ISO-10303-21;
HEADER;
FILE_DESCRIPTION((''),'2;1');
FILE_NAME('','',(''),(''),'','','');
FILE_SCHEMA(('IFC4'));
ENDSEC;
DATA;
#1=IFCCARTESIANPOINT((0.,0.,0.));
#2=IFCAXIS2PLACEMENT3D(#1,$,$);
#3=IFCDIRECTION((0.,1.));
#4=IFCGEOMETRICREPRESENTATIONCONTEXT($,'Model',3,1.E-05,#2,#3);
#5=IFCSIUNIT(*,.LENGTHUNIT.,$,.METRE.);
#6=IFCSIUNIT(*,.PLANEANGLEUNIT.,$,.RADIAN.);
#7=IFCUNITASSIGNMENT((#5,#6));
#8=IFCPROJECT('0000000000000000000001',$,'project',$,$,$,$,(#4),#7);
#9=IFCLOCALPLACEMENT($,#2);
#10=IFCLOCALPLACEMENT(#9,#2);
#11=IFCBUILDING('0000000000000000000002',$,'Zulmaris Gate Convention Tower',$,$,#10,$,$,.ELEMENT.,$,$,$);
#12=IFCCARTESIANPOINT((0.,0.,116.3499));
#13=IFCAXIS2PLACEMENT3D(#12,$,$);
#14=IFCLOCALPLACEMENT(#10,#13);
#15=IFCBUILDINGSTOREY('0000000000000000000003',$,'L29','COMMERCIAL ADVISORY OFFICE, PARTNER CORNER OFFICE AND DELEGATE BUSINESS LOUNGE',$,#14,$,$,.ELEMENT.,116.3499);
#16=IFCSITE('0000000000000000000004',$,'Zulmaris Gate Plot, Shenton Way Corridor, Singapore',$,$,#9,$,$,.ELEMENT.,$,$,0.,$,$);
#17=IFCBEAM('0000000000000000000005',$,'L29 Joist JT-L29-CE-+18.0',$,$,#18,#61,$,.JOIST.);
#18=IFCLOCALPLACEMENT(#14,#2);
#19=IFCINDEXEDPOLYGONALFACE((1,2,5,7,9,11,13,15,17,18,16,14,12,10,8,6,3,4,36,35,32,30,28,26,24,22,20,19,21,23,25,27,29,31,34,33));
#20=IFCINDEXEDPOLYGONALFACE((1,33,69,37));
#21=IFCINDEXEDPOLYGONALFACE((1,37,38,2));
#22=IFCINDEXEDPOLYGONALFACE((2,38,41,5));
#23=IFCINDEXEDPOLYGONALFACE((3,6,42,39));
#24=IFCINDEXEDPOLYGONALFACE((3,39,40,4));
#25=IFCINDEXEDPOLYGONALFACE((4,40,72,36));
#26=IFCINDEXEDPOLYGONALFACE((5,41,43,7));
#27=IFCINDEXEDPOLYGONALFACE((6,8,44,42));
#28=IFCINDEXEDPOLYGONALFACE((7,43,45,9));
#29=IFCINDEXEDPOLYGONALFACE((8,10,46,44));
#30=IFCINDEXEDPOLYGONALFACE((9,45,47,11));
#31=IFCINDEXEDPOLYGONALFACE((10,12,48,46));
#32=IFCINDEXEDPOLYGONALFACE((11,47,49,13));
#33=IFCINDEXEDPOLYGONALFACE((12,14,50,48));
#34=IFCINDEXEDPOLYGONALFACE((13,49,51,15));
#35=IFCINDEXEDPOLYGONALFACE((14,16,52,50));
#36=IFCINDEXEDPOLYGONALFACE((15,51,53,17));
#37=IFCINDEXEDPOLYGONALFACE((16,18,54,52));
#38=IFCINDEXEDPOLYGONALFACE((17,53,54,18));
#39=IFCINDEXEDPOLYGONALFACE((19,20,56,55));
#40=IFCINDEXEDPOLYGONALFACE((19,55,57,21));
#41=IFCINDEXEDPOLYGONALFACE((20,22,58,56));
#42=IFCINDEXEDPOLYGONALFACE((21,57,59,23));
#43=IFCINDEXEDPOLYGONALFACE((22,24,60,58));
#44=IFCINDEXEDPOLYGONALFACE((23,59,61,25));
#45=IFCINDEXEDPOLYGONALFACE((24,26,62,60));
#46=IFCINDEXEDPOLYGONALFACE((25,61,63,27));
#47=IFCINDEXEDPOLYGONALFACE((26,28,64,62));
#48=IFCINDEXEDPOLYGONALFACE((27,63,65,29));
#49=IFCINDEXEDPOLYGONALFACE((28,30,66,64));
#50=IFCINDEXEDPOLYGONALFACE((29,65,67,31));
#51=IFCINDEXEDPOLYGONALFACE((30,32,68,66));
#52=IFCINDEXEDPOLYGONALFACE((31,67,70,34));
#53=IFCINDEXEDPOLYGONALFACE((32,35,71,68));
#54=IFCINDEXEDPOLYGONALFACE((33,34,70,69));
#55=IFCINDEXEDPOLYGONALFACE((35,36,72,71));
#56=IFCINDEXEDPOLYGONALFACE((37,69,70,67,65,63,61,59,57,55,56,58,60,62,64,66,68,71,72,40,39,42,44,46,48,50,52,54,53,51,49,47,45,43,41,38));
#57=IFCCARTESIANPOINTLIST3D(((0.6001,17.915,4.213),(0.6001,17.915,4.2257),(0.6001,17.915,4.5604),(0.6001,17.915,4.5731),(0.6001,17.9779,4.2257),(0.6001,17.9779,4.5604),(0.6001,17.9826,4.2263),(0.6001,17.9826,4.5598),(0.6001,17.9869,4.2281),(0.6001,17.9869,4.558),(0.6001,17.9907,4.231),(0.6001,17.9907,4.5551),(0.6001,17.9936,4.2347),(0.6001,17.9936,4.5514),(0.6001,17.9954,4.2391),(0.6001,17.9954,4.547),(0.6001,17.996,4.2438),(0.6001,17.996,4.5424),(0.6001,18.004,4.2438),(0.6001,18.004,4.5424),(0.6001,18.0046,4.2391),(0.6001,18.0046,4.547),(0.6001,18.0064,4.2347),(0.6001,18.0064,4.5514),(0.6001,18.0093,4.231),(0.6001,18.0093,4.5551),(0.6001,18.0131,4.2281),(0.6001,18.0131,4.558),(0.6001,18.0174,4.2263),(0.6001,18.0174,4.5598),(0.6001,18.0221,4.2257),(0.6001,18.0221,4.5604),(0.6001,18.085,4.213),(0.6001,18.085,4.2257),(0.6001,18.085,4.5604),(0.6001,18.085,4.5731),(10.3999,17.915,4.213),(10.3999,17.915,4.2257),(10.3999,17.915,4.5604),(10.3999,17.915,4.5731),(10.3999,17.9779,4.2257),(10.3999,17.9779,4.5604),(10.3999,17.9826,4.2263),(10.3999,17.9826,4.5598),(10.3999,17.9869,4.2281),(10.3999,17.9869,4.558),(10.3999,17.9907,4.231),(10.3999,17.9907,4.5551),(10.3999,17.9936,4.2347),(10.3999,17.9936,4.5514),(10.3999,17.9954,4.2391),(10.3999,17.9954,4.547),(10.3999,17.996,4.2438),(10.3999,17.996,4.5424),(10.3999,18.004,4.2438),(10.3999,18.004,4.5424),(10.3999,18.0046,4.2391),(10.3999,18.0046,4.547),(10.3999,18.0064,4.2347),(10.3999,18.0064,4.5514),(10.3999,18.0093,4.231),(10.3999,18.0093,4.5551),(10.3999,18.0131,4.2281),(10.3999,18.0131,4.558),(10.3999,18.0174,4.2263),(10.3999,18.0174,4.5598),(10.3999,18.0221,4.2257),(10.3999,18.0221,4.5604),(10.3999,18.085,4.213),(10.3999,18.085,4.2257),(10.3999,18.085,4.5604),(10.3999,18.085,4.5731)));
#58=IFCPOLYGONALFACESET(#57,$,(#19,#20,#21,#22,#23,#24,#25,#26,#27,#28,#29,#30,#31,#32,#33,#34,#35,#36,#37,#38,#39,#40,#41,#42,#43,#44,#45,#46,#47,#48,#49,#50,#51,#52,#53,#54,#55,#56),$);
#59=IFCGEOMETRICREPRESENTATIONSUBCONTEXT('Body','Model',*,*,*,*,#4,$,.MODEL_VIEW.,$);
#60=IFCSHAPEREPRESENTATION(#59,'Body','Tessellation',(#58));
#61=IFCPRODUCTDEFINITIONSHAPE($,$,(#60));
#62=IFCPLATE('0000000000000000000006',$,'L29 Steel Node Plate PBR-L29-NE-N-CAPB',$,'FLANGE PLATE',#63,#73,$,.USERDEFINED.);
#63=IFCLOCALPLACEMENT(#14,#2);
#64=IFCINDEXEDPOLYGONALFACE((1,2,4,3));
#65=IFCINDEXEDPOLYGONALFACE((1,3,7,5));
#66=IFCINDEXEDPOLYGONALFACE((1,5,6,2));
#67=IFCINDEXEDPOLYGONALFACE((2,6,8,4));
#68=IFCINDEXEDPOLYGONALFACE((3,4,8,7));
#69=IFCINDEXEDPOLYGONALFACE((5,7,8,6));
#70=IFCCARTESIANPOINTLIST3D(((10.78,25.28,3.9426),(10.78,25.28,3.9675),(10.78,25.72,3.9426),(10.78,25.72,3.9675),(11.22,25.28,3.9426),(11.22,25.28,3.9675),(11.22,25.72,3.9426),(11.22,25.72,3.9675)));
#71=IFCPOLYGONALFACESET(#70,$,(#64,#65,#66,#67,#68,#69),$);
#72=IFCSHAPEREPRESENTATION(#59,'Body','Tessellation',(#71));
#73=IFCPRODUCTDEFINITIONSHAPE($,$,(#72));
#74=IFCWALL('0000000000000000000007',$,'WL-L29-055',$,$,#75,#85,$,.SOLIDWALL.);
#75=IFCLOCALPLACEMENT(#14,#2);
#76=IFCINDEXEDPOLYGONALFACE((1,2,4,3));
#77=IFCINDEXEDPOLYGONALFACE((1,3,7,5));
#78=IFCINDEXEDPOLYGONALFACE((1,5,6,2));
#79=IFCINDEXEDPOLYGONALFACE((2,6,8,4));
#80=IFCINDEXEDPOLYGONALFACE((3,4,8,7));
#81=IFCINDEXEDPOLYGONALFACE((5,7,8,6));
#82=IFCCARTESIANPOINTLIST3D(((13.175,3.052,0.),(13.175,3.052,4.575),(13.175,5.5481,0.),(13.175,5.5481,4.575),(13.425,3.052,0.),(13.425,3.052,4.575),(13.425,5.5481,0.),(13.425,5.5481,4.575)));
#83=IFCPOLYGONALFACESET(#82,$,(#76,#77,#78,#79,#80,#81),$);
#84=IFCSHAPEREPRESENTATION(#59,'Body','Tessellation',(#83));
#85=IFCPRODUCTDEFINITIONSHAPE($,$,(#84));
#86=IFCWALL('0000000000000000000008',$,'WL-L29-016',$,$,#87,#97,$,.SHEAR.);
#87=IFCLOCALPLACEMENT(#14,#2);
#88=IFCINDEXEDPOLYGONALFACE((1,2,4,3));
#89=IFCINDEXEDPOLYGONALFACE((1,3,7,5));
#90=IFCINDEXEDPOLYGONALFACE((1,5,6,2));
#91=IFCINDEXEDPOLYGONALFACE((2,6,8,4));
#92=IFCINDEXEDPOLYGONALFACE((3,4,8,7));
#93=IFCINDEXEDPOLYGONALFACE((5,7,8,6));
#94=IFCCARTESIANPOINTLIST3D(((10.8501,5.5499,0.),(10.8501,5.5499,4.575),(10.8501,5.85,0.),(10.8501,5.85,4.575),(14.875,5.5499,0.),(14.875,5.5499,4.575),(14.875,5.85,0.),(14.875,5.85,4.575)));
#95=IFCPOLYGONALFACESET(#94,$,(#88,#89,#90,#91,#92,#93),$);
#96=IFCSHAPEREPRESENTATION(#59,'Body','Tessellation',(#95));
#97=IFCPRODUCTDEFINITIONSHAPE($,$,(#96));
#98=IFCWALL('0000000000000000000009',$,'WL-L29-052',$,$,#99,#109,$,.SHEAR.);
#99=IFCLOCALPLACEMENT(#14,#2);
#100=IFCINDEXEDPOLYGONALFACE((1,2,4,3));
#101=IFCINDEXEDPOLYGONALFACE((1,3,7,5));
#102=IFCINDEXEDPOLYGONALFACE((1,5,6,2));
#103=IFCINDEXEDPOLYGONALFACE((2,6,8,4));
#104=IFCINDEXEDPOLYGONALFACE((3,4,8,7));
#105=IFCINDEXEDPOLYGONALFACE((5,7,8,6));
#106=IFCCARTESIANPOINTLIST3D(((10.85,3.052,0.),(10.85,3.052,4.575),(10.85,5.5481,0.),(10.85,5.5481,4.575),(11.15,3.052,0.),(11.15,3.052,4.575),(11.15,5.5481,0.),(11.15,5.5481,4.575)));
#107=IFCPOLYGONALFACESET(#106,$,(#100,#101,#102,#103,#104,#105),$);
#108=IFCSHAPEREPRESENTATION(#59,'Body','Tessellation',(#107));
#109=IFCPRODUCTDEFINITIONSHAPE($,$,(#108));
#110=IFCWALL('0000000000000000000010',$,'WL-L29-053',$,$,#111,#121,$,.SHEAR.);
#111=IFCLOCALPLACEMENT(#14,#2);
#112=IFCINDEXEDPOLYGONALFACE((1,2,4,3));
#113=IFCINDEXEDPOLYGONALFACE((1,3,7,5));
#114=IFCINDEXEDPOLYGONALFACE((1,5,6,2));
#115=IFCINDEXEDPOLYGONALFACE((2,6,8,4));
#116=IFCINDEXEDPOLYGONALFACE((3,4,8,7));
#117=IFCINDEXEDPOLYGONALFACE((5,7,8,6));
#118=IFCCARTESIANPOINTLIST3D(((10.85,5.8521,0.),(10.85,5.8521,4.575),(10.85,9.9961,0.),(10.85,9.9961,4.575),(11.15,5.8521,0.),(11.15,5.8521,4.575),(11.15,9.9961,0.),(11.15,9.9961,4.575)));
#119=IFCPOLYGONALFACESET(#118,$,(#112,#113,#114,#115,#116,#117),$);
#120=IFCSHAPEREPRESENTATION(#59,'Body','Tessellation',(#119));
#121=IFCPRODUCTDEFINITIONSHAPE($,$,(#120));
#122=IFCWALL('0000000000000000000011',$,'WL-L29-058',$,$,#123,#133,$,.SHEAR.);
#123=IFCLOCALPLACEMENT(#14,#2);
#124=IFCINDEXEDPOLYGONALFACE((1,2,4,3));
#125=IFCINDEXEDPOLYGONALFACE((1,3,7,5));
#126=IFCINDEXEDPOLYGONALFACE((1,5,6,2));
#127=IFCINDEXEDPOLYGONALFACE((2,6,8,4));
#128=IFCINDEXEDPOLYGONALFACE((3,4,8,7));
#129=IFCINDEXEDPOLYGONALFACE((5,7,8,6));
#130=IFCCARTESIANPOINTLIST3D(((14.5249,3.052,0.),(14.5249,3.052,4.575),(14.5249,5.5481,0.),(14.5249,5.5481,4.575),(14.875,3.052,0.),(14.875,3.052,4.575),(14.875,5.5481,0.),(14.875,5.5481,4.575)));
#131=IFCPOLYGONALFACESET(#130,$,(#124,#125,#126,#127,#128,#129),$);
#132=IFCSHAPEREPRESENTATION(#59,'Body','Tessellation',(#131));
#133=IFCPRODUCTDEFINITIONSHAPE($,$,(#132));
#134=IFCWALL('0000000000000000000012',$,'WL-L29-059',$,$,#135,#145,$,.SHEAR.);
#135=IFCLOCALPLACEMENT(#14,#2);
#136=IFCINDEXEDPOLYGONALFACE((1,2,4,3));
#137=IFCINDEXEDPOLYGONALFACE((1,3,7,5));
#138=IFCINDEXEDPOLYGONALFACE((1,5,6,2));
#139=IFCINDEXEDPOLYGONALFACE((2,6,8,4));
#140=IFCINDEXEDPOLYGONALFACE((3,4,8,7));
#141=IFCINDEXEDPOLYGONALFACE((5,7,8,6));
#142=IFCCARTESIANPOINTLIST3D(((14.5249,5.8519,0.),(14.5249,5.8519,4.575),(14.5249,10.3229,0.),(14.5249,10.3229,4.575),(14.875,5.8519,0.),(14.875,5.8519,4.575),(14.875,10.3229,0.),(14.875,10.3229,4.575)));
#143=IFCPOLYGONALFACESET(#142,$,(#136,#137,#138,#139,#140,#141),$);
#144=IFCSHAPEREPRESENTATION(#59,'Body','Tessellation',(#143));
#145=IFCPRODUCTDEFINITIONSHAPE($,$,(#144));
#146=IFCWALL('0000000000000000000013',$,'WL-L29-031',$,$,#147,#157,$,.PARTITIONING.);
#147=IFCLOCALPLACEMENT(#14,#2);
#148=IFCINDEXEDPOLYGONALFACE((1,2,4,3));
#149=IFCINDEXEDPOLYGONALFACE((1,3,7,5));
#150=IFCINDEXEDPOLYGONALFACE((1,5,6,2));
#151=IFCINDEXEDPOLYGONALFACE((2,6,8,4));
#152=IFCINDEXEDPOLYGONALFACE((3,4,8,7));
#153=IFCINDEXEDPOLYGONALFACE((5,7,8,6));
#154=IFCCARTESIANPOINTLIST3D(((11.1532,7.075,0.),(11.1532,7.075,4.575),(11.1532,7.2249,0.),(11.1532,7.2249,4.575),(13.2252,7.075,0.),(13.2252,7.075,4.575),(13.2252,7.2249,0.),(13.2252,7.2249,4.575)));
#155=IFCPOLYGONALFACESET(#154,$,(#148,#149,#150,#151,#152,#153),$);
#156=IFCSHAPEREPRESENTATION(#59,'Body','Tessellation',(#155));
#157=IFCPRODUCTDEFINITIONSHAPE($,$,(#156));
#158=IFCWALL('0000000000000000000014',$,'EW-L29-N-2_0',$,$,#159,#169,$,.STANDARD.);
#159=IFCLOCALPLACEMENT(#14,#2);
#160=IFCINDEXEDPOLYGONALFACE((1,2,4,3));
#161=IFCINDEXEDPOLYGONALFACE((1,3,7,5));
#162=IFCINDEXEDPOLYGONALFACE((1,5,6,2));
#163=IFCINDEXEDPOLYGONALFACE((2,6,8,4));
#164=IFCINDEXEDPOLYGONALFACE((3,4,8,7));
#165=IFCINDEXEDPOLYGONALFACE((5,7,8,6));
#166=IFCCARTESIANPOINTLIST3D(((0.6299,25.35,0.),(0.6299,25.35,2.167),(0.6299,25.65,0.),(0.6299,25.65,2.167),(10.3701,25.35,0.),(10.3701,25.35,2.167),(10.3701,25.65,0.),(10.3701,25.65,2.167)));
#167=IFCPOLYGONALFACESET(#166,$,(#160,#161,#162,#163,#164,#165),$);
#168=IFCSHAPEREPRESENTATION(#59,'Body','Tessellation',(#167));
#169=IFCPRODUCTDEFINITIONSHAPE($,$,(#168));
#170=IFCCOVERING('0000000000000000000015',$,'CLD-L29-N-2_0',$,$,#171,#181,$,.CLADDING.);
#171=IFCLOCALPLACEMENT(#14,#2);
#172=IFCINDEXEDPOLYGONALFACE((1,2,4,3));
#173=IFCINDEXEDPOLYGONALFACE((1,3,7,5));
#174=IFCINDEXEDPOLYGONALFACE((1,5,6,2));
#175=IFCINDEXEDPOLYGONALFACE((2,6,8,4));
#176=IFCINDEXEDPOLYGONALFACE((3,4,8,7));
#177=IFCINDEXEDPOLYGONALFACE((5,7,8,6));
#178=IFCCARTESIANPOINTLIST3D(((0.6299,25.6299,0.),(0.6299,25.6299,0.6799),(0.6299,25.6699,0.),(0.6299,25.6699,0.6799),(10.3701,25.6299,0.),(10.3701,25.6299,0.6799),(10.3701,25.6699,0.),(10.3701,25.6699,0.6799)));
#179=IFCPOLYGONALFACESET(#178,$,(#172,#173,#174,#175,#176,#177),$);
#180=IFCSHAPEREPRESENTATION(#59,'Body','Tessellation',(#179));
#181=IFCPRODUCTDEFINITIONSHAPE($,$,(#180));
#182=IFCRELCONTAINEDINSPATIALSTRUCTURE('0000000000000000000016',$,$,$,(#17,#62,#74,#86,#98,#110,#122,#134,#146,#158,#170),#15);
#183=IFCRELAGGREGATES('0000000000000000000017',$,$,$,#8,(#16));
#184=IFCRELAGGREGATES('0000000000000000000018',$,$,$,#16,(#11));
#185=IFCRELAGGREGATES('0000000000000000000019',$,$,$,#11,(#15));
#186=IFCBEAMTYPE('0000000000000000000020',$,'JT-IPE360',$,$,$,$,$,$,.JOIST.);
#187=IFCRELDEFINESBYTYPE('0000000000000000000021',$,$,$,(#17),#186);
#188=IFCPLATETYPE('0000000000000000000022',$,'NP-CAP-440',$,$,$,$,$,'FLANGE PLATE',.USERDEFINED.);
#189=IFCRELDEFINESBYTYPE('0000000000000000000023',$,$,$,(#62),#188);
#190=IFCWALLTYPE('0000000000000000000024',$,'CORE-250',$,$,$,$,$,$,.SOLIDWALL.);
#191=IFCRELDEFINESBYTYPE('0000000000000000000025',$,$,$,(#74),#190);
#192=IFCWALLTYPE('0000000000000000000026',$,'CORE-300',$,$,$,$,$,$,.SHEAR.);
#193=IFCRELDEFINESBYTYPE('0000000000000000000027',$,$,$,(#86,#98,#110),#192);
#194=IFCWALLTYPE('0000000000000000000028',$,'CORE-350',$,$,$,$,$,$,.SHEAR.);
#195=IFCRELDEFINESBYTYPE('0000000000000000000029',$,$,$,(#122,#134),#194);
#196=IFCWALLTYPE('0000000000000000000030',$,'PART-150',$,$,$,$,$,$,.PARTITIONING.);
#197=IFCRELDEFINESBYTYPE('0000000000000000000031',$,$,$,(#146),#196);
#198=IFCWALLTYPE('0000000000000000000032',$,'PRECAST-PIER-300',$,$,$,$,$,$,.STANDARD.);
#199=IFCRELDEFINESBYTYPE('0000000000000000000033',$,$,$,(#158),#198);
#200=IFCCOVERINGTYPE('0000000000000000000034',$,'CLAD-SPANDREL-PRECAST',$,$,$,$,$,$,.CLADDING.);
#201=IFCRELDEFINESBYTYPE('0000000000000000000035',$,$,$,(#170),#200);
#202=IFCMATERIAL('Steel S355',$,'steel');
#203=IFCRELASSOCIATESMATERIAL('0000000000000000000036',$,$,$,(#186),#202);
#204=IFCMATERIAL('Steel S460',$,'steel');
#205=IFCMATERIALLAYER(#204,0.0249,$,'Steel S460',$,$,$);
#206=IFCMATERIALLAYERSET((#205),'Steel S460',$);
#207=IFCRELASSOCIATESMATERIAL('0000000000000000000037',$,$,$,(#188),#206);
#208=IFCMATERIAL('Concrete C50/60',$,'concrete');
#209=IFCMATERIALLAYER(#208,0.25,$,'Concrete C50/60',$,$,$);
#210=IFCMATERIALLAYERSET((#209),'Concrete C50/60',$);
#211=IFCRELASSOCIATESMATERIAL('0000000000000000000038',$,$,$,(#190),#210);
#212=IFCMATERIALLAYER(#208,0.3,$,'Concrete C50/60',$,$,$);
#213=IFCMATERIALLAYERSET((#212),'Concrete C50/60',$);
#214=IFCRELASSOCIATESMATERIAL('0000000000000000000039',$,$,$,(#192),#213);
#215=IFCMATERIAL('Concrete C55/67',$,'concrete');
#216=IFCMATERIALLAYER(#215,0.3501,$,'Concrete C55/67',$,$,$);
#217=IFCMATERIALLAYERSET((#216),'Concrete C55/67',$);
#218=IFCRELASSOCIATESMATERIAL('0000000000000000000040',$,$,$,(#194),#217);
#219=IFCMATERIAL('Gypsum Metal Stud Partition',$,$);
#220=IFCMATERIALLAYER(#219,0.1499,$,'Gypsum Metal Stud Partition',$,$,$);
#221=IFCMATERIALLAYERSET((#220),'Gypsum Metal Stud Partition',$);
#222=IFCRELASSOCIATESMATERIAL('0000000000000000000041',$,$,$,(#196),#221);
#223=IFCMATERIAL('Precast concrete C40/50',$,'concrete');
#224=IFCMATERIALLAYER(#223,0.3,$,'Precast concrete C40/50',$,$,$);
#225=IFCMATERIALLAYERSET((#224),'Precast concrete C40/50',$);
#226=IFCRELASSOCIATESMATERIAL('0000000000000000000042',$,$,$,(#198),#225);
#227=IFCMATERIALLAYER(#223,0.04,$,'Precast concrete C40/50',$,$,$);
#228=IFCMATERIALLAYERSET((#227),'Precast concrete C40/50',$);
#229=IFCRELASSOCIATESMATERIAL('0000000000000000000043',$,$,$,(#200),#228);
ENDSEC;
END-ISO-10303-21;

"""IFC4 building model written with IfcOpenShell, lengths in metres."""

from ifc_helpers import new_model, si_unit, direction, frame, frame_2d, origin, origin_2d, place, context, subcontext, project, spatial, rectangle, i_section, extrude, material, layer, layer_set, material_profile, profile_set, type_object, element, save


model = new_model("IFC4")

# Units and contexts
model_context = context("Model", 3, precision=1e-05, world=origin(), true_north=direction((0.0, 1.0)))
body_context = subcontext(model_context, "Body", "Model", "MODEL_VIEW")
ifc_project = project(units=[si_unit("LENGTHUNIT", "METRE"), si_unit("PLANEANGLEUNIT", "RADIAN")], contexts=[model_context])

# Site, building, storey
site_placement = place(None, origin())
site = spatial("IfcSite", under=ifc_project, at=site_placement, Name="Zulmaris Gate Plot, Shenton Way Corridor, Singapore", CompositionType="ELEMENT", RefElevation=0.0)
building_placement = place(site_placement, origin())
building = spatial("IfcBuilding", under=site, at=building_placement, Name="Zulmaris Gate Convention Tower", CompositionType="ELEMENT")
storey_placement = place(building_placement, frame((0.0, 0.0, 116.3499)))
storey = spatial("IfcBuildingStorey", under=building, at=storey_placement, Name="L29", Description="COMMERCIAL ADVISORY OFFICE, PARTNER CORNER OFFICE AND DELEGATE BUSINESS LOUNGE", CompositionType="ELEMENT", Elevation=116.3499)

# Beam
ifc_material_1 = material(Name="Steel S355", Category="steel")
ifc_material_profile_1 = material_profile(ifc_material_1, i_section(OverallWidth=0.1699, OverallDepth=0.3601, WebThickness=0.0081, FlangeThickness=0.0127, FilletRadius=0.0181, at=origin_2d()), Name="IPE 360")
ifc_profile_set_1 = profile_set([ifc_material_profile_1], Name="Steel S355")
beam_type_1 = type_object("IfcBeamType", Name="JT-IPE360", PredefinedType="JOIST", material=ifc_profile_set_1)
for number, where, z_axis, x_axis, name in (
    (1, (0.6001, 18.0, 4.3931), (1.0, 0.0, 0.0), (0.0, 1.0, 0.0), "L29 Joist JT-L29-CE-+18.0"),
):
    element("IfcBeam", number, at=place(storey_placement, frame(where, z_axis=z_axis, x_axis=x_axis)), inside=storey, type_object=beam_type_1, Name=name, PredefinedType="JOIST", context=body_context, shape_type="SweptSolid", body=[
        extrude(i_section(OverallWidth=0.1699, OverallDepth=0.3601, WebThickness=0.0081, FlangeThickness=0.0127, FilletRadius=0.0181, at=origin_2d()), origin(), (0.0, 0.0, 1.0), 9.7998),
    ])

# Plate
ifc_material_2 = material(Name="Steel S460", Category="steel")
ifc_layer_1 = layer(ifc_material_2, 0.0249, Name="Steel S460")
ifc_layer_set_1 = layer_set([ifc_layer_1], Name="Steel S460")
plate_type = type_object("IfcPlateType", Name="NP-CAP-440", ElementType="FLANGE PLATE", PredefinedType="USERDEFINED", material=ifc_layer_set_1)
plate_placement = place(storey_placement, frame((11.0, 25.5, 3.9426), z_axis=(0.0, 0.0, 1.0), x_axis=(1.0, 0.0, 0.0)))
element("IfcPlate", 2, at=plate_placement, inside=storey, type_object=plate_type, Name="L29 Steel Node Plate PBR-L29-NE-N-CAPB", ObjectType="FLANGE PLATE", PredefinedType="USERDEFINED", context=body_context, shape_type="SweptSolid", body=[
    extrude(rectangle(XDim=0.4399, YDim=0.4399, at=origin_2d()), origin(), (0.0, 0.0, 1.0), 0.0249),
])

# Walls
ifc_material_3 = material(Name="Concrete C50/60", Category="concrete")
ifc_layer_2 = layer(ifc_material_3, 0.25, Name="Concrete C50/60")
ifc_layer_set_2 = layer_set([ifc_layer_2], Name="Concrete C50/60")
wall_type_1 = type_object("IfcWallType", Name="CORE-250", PredefinedType="SOLIDWALL", material=ifc_layer_set_2)
wall_1_placement = place(storey_placement, frame((13.3, 3.052, 0.0), z_axis=(0.0, 0.0, 1.0), x_axis=(0.0, 1.0, 0.0)))
element("IfcWall", 3, at=wall_1_placement, inside=storey, type_object=wall_type_1, Name="WL-L29-055", PredefinedType="SOLIDWALL", context=body_context, shape_type="SweptSolid", body=[
    extrude(rectangle(XDim=2.4961, YDim=0.25, at=frame_2d((1.248, 0.0))), origin(), (0.0, 0.0, 1.0), 4.575),
])
ifc_layer_3 = layer(ifc_material_3, 0.3, Name="Concrete C50/60")
ifc_layer_set_3 = layer_set([ifc_layer_3], Name="Concrete C50/60")
wall_type_2 = type_object("IfcWallType", Name="CORE-300", PredefinedType="SHEAR", material=ifc_layer_set_3)
wall_2_placement = place(storey_placement, frame((10.8501, 5.7, 0.0), z_axis=(0.0, 0.0, 1.0), x_axis=(1.0, 0.0, 0.0)))
element("IfcWall", 4, at=wall_2_placement, inside=storey, type_object=wall_type_2, Name="WL-L29-016", PredefinedType="SHEAR", context=body_context, shape_type="SweptSolid", body=[
    extrude(rectangle(XDim=4.0249, YDim=0.3, at=frame_2d((2.0125, 0.0))), origin(), (0.0, 0.0, 1.0), 4.575),
])

# Walls
wall_3_placement = place(storey_placement, frame((11.0, 3.052, 0.0), z_axis=(0.0, 0.0, 1.0), x_axis=(0.0, 1.0, 0.0)))
element("IfcWall", 5, at=wall_3_placement, inside=storey, type_object=wall_type_2, Name="WL-L29-052", PredefinedType="SHEAR", context=body_context, shape_type="SweptSolid", body=[
    extrude(rectangle(XDim=2.4961, YDim=0.3, at=frame_2d((1.248, 0.0))), origin(), (0.0, 0.0, 1.0), 4.575),
])
wall_4_placement = place(storey_placement, frame((11.0, 5.8521, 0.0), z_axis=(0.0, 0.0, 1.0), x_axis=(0.0, 1.0, 0.0)))
element("IfcWall", 6, at=wall_4_placement, inside=storey, type_object=wall_type_2, Name="WL-L29-053", PredefinedType="SHEAR", context=body_context, shape_type="SweptSolid", body=[
    extrude(rectangle(XDim=4.144, YDim=0.3, at=frame_2d((2.072, 0.0))), origin(), (0.0, 0.0, 1.0), 4.575),
])
ifc_material_4 = material(Name="Concrete C55/67", Category="concrete")
ifc_layer_4 = layer(ifc_material_4, 0.3501, Name="Concrete C55/67")
ifc_layer_set_4 = layer_set([ifc_layer_4], Name="Concrete C55/67")
wall_type_3 = type_object("IfcWallType", Name="CORE-350", PredefinedType="SHEAR", material=ifc_layer_set_4)
wall_5_placement = place(storey_placement, frame((14.7, 3.052, 0.0), z_axis=(0.0, 0.0, 1.0), x_axis=(0.0, 1.0, 0.0)))
element("IfcWall", 7, at=wall_5_placement, inside=storey, type_object=wall_type_3, Name="WL-L29-058", PredefinedType="SHEAR", context=body_context, shape_type="SweptSolid", body=[
    extrude(rectangle(XDim=2.4961, YDim=0.3501, at=frame_2d((1.248, 0.0))), origin(), (0.0, 0.0, 1.0), 4.575),
])
wall_6_placement = place(storey_placement, frame((14.7, 5.8521, 0.0), z_axis=(0.0, 0.0, 1.0), x_axis=(0.0, 1.0, 0.0)))
element("IfcWall", 8, at=wall_6_placement, inside=storey, type_object=wall_type_3, Name="WL-L29-059", PredefinedType="SHEAR", context=body_context, shape_type="SweptSolid", body=[
    extrude(rectangle(XDim=4.4709, YDim=0.3501, at=frame_2d((2.2354, 0.0))), origin(), (0.0, 0.0, 1.0), 4.575),
])
ifc_material_5 = material(Name="Gypsum Metal Stud Partition")
ifc_layer_5 = layer(ifc_material_5, 0.1499, Name="Gypsum Metal Stud Partition")
ifc_layer_set_5 = layer_set([ifc_layer_5], Name="Gypsum Metal Stud Partition")
wall_type_4 = type_object("IfcWallType", Name="PART-150", PredefinedType="PARTITIONING", material=ifc_layer_set_5)
wall_7_placement = place(storey_placement, frame((11.1531, 7.1499, 0.0), z_axis=(0.0, 0.0, 1.0), x_axis=(1.0, 0.0, 0.0)))
element("IfcWall", 9, at=wall_7_placement, inside=storey, type_object=wall_type_4, Name="WL-L29-031", PredefinedType="PARTITIONING", context=body_context, shape_type="SweptSolid", body=[
    extrude(rectangle(XDim=2.072, YDim=0.1499, at=frame_2d((1.0361, 0.0))), origin(), (0.0, 0.0, 1.0), 4.575),
])

# Wall
ifc_material_6 = material(Name="Precast concrete C40/50", Category="concrete")
ifc_layer_6 = layer(ifc_material_6, 0.3, Name="Precast concrete C40/50")
ifc_layer_set_6 = layer_set([ifc_layer_6], Name="Precast concrete C40/50")
wall_type_5 = type_object("IfcWallType", Name="PRECAST-PIER-300", PredefinedType="STANDARD", material=ifc_layer_set_6)
wall_8_placement = place(storey_placement, frame((10.3701, 25.5, 0.0), z_axis=(0.0, 0.0, 1.0), x_axis=(-1.0, 0.0, 0.0)))
element("IfcWall", 10, at=wall_8_placement, inside=storey, type_object=wall_type_5, Name="EW-L29-N-2_0", PredefinedType="STANDARD", context=body_context, shape_type="SweptSolid", body=[
    extrude(rectangle(XDim=9.7402, YDim=0.3, at=frame_2d((4.8701, 0.0))), origin(), (0.0, 0.0, 1.0), 2.167),
])

# Covering
ifc_layer_7 = layer(ifc_material_6, 0.04, Name="Precast concrete C40/50")
ifc_layer_set_7 = layer_set([ifc_layer_7], Name="Precast concrete C40/50")
covering_type = type_object("IfcCoveringType", Name="CLAD-SPANDREL-PRECAST", PredefinedType="CLADDING", material=ifc_layer_set_7)
covering_placement = place(storey_placement, frame((10.3701, 25.6499, 0.0), z_axis=(0.0, 0.0, 1.0), x_axis=(-1.0, 0.0, 0.0)))
element("IfcCovering", 11, at=covering_placement, inside=storey, type_object=covering_type, Name="CLD-L29-N-2_0", PredefinedType="CLADDING", context=body_context, shape_type="SweptSolid", body=[
    extrude(rectangle(XDim=9.7402, YDim=0.04, at=frame_2d((4.8701, 0.0))), origin(), (0.0, 0.0, 1.0), 0.6799),
])

save(model, "model.ifc")
